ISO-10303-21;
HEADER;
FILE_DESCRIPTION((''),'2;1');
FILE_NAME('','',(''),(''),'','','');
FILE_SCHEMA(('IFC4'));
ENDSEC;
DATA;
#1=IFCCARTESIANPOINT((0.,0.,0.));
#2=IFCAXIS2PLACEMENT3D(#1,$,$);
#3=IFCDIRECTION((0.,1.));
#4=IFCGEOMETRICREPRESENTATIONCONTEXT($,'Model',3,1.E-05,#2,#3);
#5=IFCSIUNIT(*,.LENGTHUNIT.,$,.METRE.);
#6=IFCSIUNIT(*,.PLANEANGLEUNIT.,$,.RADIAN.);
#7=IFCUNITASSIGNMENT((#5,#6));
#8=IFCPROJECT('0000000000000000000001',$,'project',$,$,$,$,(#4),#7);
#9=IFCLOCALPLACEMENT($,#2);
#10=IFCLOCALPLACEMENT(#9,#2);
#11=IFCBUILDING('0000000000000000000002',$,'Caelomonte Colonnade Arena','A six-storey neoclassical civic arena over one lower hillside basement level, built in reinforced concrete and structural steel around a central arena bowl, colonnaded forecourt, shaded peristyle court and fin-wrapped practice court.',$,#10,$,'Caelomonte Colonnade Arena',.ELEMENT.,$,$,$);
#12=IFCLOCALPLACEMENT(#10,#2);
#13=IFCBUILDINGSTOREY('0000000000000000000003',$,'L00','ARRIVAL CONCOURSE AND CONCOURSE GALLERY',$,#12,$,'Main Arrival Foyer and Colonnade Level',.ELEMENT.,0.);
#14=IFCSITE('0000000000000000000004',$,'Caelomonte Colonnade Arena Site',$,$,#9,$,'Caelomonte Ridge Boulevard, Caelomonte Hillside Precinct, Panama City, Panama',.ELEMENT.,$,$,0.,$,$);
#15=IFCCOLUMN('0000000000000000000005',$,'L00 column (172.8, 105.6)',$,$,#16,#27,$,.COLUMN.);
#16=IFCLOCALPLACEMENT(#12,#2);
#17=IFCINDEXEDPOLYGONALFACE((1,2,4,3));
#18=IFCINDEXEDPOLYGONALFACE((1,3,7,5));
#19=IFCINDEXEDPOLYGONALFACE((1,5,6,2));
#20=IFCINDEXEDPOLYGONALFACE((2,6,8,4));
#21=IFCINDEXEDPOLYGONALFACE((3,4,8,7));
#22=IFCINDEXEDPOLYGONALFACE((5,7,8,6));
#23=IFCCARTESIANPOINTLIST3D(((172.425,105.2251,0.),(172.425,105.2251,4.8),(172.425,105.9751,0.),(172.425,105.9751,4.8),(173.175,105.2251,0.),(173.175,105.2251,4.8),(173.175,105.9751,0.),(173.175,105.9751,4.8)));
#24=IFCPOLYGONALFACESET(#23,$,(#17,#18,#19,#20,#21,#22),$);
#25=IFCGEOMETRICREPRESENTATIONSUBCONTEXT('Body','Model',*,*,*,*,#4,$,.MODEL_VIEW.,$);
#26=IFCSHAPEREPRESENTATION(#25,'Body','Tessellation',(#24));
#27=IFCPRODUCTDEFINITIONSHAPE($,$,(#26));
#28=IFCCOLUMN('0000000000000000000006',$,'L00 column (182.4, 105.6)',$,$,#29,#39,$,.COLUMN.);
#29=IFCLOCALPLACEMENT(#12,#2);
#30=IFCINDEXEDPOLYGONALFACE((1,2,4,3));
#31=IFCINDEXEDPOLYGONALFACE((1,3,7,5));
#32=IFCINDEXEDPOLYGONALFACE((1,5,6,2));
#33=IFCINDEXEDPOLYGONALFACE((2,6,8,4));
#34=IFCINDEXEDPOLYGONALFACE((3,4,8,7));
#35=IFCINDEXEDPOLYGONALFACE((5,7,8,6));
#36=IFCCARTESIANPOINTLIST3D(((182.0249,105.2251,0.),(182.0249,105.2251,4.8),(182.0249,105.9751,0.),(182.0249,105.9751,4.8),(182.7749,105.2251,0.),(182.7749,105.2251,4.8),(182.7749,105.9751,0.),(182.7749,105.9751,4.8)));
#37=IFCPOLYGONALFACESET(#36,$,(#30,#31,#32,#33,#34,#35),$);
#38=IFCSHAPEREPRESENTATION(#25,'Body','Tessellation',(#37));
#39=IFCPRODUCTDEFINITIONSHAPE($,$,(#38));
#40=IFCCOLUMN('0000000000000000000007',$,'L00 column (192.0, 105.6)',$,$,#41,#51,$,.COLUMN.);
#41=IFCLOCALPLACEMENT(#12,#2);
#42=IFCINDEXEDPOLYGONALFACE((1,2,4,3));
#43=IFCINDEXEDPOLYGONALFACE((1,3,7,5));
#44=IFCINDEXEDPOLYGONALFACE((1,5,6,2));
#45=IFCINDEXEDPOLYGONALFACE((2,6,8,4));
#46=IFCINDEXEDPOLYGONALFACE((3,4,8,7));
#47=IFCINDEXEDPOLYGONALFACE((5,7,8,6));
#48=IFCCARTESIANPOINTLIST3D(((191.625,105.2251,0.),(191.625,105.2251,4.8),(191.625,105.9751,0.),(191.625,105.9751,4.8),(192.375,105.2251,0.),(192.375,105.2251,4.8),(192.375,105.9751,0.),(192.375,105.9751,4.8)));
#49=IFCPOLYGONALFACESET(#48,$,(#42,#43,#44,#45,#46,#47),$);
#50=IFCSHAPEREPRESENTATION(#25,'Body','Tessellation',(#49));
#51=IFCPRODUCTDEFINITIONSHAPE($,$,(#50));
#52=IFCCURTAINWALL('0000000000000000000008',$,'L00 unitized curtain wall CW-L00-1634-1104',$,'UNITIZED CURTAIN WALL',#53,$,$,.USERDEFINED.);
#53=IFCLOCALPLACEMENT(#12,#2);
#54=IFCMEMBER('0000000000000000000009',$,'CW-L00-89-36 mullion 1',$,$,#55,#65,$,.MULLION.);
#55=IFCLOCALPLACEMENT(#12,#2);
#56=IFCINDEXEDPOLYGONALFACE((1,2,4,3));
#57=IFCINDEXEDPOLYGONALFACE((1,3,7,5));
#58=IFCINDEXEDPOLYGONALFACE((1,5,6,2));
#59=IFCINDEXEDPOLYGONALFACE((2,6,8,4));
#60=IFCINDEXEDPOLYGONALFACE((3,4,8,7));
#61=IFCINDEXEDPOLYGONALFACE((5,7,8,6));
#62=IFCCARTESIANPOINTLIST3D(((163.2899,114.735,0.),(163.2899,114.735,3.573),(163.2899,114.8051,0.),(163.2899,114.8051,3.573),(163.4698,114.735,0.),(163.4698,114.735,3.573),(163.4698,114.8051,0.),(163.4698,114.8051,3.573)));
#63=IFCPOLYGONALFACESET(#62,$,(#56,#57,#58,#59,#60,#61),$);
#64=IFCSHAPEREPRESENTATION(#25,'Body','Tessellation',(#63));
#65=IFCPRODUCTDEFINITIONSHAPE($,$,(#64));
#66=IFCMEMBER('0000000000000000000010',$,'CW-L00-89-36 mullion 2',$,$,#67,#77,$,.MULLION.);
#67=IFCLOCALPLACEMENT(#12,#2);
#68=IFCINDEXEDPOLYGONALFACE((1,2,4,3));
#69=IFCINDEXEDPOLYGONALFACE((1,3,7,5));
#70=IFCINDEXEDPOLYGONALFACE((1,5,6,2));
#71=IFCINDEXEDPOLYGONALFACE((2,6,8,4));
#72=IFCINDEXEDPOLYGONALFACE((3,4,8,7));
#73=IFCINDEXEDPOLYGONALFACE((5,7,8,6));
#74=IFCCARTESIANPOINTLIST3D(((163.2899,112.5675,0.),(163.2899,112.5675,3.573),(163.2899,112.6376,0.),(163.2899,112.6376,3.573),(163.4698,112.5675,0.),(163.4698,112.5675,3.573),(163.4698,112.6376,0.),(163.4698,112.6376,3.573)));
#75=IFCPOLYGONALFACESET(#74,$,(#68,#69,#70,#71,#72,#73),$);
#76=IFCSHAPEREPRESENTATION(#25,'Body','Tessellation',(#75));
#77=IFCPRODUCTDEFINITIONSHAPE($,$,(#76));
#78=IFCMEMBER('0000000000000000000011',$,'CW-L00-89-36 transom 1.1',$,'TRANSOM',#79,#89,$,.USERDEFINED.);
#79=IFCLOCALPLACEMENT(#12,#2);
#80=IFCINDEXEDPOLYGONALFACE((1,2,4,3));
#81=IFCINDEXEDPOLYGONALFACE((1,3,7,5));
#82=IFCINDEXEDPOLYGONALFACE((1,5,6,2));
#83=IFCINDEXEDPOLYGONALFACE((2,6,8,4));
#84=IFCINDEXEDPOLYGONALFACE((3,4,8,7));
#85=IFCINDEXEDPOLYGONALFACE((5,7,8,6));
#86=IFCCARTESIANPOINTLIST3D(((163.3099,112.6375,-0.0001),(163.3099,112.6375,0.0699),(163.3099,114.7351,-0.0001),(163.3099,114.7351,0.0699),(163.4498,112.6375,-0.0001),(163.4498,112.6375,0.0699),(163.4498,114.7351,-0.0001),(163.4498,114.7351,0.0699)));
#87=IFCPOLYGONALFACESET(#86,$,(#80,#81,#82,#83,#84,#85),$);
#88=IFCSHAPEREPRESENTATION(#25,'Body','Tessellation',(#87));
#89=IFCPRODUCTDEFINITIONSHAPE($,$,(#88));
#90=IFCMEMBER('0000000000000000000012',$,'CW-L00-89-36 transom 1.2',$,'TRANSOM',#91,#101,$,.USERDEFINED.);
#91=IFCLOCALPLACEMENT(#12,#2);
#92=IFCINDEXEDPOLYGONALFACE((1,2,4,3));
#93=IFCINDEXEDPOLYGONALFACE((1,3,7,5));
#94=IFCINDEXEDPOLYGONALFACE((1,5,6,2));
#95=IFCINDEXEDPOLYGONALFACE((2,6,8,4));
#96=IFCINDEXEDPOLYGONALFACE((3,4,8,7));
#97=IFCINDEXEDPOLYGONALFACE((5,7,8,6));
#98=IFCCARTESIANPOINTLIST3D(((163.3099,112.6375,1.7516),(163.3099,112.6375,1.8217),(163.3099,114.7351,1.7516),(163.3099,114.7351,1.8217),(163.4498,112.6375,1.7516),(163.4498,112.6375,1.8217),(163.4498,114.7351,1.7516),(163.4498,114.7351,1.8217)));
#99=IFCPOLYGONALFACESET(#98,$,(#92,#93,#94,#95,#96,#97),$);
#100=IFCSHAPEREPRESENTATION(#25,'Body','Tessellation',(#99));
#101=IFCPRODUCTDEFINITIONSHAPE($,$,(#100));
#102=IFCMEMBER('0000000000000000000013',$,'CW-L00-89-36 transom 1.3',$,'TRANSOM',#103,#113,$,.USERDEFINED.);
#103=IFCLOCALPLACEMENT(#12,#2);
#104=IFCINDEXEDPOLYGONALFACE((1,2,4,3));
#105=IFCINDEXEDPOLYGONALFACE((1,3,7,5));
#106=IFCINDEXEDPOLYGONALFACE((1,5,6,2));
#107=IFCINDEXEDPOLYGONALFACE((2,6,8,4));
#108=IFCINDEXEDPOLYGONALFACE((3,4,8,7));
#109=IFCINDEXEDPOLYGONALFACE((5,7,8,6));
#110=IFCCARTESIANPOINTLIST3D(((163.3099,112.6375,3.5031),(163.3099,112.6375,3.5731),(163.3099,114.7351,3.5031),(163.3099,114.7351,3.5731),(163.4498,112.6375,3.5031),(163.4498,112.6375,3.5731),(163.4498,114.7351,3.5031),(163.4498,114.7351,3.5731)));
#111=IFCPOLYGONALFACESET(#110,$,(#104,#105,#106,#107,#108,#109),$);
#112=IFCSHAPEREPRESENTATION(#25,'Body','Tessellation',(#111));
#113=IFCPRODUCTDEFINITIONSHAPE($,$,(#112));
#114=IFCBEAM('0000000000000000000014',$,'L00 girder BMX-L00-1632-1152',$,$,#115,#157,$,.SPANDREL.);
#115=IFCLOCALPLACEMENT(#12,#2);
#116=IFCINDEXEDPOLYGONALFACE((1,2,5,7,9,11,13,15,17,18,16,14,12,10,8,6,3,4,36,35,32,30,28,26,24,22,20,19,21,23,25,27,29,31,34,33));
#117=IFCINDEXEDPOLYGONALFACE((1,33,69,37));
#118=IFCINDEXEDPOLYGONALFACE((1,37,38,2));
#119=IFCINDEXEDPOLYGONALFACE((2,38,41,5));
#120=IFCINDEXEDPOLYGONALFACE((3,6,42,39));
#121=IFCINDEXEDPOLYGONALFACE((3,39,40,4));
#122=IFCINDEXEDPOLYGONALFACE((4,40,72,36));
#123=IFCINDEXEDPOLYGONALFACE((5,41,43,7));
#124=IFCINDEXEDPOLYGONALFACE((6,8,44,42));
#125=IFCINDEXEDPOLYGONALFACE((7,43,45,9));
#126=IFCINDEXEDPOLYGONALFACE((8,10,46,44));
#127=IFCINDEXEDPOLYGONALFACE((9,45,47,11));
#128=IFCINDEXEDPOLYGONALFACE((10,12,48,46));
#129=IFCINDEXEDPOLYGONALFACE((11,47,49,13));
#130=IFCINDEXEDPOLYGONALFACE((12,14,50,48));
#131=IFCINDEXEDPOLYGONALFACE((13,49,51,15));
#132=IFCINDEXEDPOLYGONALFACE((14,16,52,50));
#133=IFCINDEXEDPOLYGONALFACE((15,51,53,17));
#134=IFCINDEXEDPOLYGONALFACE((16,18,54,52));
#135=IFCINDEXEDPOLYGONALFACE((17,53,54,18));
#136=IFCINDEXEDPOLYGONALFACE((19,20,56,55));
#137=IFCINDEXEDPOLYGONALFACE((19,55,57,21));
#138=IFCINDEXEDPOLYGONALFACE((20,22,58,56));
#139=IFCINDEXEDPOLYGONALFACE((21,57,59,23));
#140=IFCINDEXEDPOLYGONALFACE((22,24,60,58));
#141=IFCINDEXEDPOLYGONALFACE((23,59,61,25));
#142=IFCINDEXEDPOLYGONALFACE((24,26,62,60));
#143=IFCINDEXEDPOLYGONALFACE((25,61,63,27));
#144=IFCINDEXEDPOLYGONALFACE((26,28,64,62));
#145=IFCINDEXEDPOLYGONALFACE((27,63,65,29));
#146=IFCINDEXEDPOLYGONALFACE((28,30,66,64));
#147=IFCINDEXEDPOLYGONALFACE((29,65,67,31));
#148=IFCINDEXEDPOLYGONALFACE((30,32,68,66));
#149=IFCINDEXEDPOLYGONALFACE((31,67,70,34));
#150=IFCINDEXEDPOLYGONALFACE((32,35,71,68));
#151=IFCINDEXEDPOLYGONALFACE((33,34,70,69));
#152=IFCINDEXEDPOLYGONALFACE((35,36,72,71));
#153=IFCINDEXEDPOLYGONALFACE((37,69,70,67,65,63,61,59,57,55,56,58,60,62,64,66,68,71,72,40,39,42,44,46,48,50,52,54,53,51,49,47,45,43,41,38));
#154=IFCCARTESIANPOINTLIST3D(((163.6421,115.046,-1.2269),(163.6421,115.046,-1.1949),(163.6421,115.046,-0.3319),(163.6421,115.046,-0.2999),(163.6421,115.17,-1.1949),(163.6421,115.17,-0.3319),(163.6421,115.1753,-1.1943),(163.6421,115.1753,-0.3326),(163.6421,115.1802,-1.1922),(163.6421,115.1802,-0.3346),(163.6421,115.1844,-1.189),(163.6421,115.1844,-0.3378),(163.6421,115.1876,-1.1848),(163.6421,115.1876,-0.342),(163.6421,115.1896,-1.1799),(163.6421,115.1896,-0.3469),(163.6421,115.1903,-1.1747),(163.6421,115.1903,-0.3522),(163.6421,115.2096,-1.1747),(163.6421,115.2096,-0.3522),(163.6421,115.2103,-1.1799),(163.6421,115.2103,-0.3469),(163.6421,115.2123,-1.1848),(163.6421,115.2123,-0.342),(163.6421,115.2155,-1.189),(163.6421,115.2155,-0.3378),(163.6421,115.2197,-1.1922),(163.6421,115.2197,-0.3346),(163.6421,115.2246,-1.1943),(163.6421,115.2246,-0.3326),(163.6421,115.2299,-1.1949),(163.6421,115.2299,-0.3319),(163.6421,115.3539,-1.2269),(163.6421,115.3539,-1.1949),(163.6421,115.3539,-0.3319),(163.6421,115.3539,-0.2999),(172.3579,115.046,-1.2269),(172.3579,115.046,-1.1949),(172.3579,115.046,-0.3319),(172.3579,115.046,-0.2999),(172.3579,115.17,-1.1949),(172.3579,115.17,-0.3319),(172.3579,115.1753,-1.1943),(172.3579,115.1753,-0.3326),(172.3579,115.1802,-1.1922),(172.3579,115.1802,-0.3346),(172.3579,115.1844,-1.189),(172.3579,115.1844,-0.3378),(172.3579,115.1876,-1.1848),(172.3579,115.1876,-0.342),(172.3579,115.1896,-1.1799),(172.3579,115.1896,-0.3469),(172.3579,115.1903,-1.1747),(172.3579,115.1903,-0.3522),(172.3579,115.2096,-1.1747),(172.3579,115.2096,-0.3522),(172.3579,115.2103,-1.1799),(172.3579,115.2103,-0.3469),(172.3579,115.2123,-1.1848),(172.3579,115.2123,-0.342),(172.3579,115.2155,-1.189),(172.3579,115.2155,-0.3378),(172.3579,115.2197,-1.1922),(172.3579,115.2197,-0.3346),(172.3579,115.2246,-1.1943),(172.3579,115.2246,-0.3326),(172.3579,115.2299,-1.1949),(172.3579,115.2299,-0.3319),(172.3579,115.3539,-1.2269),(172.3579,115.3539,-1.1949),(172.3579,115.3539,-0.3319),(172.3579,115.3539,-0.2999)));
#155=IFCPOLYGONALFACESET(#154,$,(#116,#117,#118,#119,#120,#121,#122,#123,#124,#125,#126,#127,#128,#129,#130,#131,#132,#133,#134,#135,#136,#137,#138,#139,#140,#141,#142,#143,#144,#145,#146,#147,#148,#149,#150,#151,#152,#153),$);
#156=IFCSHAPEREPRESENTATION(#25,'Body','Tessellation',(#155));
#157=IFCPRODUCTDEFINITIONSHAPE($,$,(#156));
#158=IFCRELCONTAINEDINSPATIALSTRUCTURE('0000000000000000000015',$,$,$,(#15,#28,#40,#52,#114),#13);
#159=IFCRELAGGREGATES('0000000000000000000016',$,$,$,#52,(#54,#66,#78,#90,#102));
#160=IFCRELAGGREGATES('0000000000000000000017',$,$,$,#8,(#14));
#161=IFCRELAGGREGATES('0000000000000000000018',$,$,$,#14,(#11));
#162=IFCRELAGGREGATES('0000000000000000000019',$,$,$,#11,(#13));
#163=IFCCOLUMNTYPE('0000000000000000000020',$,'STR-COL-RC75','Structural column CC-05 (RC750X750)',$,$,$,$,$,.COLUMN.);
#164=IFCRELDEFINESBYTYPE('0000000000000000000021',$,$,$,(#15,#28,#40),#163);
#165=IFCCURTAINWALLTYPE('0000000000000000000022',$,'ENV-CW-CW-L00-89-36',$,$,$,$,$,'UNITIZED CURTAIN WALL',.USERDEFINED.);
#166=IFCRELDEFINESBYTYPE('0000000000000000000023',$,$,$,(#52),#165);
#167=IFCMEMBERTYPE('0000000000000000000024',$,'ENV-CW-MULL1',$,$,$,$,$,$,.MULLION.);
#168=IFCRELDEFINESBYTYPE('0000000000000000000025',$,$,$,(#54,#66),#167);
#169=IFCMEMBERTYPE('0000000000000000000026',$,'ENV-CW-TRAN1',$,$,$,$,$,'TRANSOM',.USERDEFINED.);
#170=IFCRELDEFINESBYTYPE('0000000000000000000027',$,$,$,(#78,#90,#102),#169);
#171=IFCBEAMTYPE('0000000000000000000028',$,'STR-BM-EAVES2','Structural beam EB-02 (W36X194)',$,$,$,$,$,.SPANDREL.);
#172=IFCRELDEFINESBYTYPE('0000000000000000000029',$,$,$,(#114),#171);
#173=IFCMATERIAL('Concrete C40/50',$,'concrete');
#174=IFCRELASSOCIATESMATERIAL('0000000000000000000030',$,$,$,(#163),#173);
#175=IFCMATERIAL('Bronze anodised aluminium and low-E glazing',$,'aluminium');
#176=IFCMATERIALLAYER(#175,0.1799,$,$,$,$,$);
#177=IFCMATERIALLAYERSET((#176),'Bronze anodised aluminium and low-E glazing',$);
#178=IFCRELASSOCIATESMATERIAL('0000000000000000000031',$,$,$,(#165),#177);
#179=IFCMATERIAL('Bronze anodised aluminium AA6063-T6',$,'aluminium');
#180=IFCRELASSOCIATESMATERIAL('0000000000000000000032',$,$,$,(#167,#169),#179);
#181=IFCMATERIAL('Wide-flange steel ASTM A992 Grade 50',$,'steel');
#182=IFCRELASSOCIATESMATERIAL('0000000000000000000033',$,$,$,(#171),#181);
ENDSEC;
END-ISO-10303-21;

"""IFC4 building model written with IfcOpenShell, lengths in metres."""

from ifc_helpers import new_model, si_unit, direction, frame, origin, origin_2d, place, context, subcontext, project, spatial, rectangle, i_section, extrude, material, layer, layer_set, material_profile, profile_set, type_object, element, aggregate, save


model = new_model("IFC4")

# Units and contexts
model_context = context("Model", 3, precision=1e-05, world=origin(), true_north=direction((0.0, 1.0)))
body_context = subcontext(model_context, "Body", "Model", "MODEL_VIEW")
ifc_project = project(units=[si_unit("LENGTHUNIT", "METRE"), si_unit("PLANEANGLEUNIT", "RADIAN")], contexts=[model_context])

# Site, building, storey
site_placement = place(None, origin())
site = spatial("IfcSite", under=ifc_project, at=site_placement, Name="Caelomonte Colonnade Arena Site", LongName="Caelomonte Ridge Boulevard, Caelomonte Hillside Precinct, Panama City, Panama", CompositionType="ELEMENT", RefElevation=0.0)
building_placement = place(site_placement, origin())
building = spatial("IfcBuilding", under=site, at=building_placement, Name="Caelomonte Colonnade Arena", Description="A six-storey neoclassical civic arena over one lower hillside basement level, built in reinforced concrete and structural steel around a central arena bowl, colonnaded forecourt, shaded peristyle court and fin-wrapped practice court.", LongName="Caelomonte Colonnade Arena", CompositionType="ELEMENT")
storey_placement = place(building_placement, origin())
storey = spatial("IfcBuildingStorey", under=building, at=storey_placement, Name="L00", Description="ARRIVAL CONCOURSE AND CONCOURSE GALLERY", LongName="Main Arrival Foyer and Colonnade Level", CompositionType="ELEMENT", Elevation=0.0)

# Columns
ifc_material_1 = material(Name="Concrete C40/50", Category="concrete")
ifc_material_profile_1 = material_profile(ifc_material_1, rectangle(XDim=0.75, YDim=0.75, at=origin_2d()), Name="RC750X750")
ifc_profile_set_1 = profile_set([ifc_material_profile_1], Name="Concrete C40/50")
column_type = type_object("IfcColumnType", Name="STR-COL-RC75", Description="Structural column CC-05 (RC750X750)", PredefinedType="COLUMN", material=ifc_profile_set_1)
for number, where, z_axis, x_axis, name in (
    (1, (172.8, 105.6001, 0.0), (0.0, 0.0, 1.0), (1.0, 0.0, 0.0), "L00 column (172.8, 105.6)"),
    (2, (182.3999, 105.6001, 0.0), (0.0, 0.0, 1.0), (1.0, 0.0, 0.0), "L00 column (182.4, 105.6)"),
    (3, (192.0, 105.6001, 0.0), (0.0, 0.0, 1.0), (1.0, 0.0, 0.0), "L00 column (192.0, 105.6)"),
):
    element("IfcColumn", number, at=place(storey_placement, frame(where, z_axis=z_axis, x_axis=x_axis)), inside=storey, type_object=column_type, Name=name, PredefinedType="COLUMN", context=body_context, shape_type="SweptSolid", body=[
        extrude(rectangle(XDim=0.75, YDim=0.75, at=origin_2d()), origin(), (0.0, 0.0, 1.0), 4.8),
    ])

# Curtain wall, members
ifc_material_2 = material(Name="Bronze anodised aluminium and low-E glazing", Category="aluminium")
ifc_layer_1 = layer(ifc_material_2, 0.1799)
ifc_layer_set_1 = layer_set([ifc_layer_1], Name="Bronze anodised aluminium and low-E glazing")
curtain_wall_type = type_object("IfcCurtainWallType", Name="ENV-CW-CW-L00-89-36", ElementType="UNITIZED CURTAIN WALL", PredefinedType="USERDEFINED", material=ifc_layer_set_1)
curtain_wall_placement = place(storey_placement, origin())
curtain_wall = element("IfcCurtainWall", 4, at=curtain_wall_placement, inside=storey, type_object=curtain_wall_type, Name="L00 unitized curtain wall CW-L00-1634-1104", ObjectType="UNITIZED CURTAIN WALL", PredefinedType="USERDEFINED")
ifc_material_3 = material(Name="Bronze anodised aluminium AA6063-T6", Category="aluminium")
ifc_material_profile_2 = material_profile(ifc_material_3, rectangle(XDim=0.0701, YDim=0.1799, at=origin_2d()), Name="CWM-70X180")
ifc_profile_set_2 = profile_set([ifc_material_profile_2], Name="Bronze anodised aluminium AA6063-T6")
member_type_1 = type_object("IfcMemberType", Name="ENV-CW-MULL1", PredefinedType="MULLION", material=ifc_profile_set_2)
member_1_placement = place(storey_placement, frame((163.3799, 114.77, 0.0), z_axis=(0.0, 0.0, 1.0), x_axis=(0.0, -1.0, 0.0)))
member_1 = element("IfcMember", 5, at=member_1_placement, type_object=member_type_1, Name="CW-L00-89-36 mullion 1", PredefinedType="MULLION", context=body_context, shape_type="SweptSolid", body=[
    extrude(rectangle(XDim=0.0701, YDim=0.1799, at=origin_2d()), origin(), (0.0, 0.0, 1.0), 3.573),
])
member_2_placement = place(storey_placement, frame((163.3799, 112.6025, 0.0), z_axis=(0.0, 0.0, 1.0), x_axis=(0.0, -1.0, 0.0)))
member_2 = element("IfcMember", 6, at=member_2_placement, type_object=member_type_1, Name="CW-L00-89-36 mullion 2", PredefinedType="MULLION", context=body_context, shape_type="SweptSolid", body=[
    extrude(rectangle(XDim=0.0701, YDim=0.1799, at=origin_2d()), origin(), (0.0, 0.0, 1.0), 3.573),
])
ifc_material_profile_3 = material_profile(ifc_material_3, rectangle(XDim=0.0701, YDim=0.1399, at=origin_2d()), Name="CWT-70X140")
ifc_profile_set_3 = profile_set([ifc_material_profile_3], Name="Bronze anodised aluminium AA6063-T6")
member_type_2 = type_object("IfcMemberType", Name="ENV-CW-TRAN1", ElementType="TRANSOM", PredefinedType="USERDEFINED", material=ifc_profile_set_3)
member_3_placement = place(storey_placement, frame((163.3799, 114.7351, 0.0349), z_axis=(0.0, -1.0, 0.0), x_axis=(0.0, 0.0, 1.0)))
member_3 = element("IfcMember", 7, at=member_3_placement, type_object=member_type_2, Name="CW-L00-89-36 transom 1.1", ObjectType="TRANSOM", PredefinedType="USERDEFINED", context=body_context, shape_type="SweptSolid", body=[
    extrude(rectangle(XDim=0.0701, YDim=0.1399, at=origin_2d()), origin(), (0.0, 0.0, 1.0), 2.0977),
])
member_4_placement = place(storey_placement, frame((163.3799, 114.7351, 1.7866), z_axis=(0.0, -1.0, 0.0), x_axis=(0.0, 0.0, 1.0)))
member_4 = element("IfcMember", 8, at=member_4_placement, type_object=member_type_2, Name="CW-L00-89-36 transom 1.2", ObjectType="TRANSOM", PredefinedType="USERDEFINED", context=body_context, shape_type="SweptSolid", body=[
    extrude(rectangle(XDim=0.0701, YDim=0.1399, at=origin_2d()), origin(), (0.0, 0.0, 1.0), 2.0977),
])
member_5_placement = place(storey_placement, frame((163.3799, 114.7351, 3.5381), z_axis=(0.0, -1.0, 0.0), x_axis=(0.0, 0.0, 1.0)))
member_5 = element("IfcMember", 9, at=member_5_placement, type_object=member_type_2, Name="CW-L00-89-36 transom 1.3", ObjectType="TRANSOM", PredefinedType="USERDEFINED", context=body_context, shape_type="SweptSolid", body=[
    extrude(rectangle(XDim=0.0701, YDim=0.1399, at=origin_2d()), origin(), (0.0, 0.0, 1.0), 2.0977),
])

# Beam
ifc_material_4 = material(Name="Wide-flange steel ASTM A992 Grade 50", Category="steel")
ifc_material_profile_4 = material_profile(ifc_material_4, i_section(OverallWidth=0.3079, OverallDepth=0.927, WebThickness=0.0193, FlangeThickness=0.032, FilletRadius=0.0203, at=origin_2d()), Name="W36X194")
ifc_profile_set_4 = profile_set([ifc_material_profile_4], Name="Wide-flange steel ASTM A992 Grade 50")
beam_type_1 = type_object("IfcBeamType", Name="STR-BM-EAVES2", Description="Structural beam EB-02 (W36X194)", PredefinedType="SPANDREL", material=ifc_profile_set_4)
beam_1_placement = place(storey_placement, frame((163.6421, 115.2, -0.7634), z_axis=(1.0, 0.0, 0.0), x_axis=(0.0, 1.0, 0.0)))
element("IfcBeam", 10, at=beam_1_placement, inside=storey, type_object=beam_type_1, Name="L00 girder BMX-L00-1632-1152", PredefinedType="SPANDREL", context=body_context, shape_type="SweptSolid", body=[
    extrude(i_section(OverallWidth=0.3079, OverallDepth=0.927, WebThickness=0.0193, FlangeThickness=0.032, FilletRadius=0.0203, at=origin_2d()), origin(), (0.0, 0.0, 1.0), 8.7158),
])

aggregate(curtain_wall, [member_1, member_2, member_3, member_4, member_5])

save(model, "model.ifc")
